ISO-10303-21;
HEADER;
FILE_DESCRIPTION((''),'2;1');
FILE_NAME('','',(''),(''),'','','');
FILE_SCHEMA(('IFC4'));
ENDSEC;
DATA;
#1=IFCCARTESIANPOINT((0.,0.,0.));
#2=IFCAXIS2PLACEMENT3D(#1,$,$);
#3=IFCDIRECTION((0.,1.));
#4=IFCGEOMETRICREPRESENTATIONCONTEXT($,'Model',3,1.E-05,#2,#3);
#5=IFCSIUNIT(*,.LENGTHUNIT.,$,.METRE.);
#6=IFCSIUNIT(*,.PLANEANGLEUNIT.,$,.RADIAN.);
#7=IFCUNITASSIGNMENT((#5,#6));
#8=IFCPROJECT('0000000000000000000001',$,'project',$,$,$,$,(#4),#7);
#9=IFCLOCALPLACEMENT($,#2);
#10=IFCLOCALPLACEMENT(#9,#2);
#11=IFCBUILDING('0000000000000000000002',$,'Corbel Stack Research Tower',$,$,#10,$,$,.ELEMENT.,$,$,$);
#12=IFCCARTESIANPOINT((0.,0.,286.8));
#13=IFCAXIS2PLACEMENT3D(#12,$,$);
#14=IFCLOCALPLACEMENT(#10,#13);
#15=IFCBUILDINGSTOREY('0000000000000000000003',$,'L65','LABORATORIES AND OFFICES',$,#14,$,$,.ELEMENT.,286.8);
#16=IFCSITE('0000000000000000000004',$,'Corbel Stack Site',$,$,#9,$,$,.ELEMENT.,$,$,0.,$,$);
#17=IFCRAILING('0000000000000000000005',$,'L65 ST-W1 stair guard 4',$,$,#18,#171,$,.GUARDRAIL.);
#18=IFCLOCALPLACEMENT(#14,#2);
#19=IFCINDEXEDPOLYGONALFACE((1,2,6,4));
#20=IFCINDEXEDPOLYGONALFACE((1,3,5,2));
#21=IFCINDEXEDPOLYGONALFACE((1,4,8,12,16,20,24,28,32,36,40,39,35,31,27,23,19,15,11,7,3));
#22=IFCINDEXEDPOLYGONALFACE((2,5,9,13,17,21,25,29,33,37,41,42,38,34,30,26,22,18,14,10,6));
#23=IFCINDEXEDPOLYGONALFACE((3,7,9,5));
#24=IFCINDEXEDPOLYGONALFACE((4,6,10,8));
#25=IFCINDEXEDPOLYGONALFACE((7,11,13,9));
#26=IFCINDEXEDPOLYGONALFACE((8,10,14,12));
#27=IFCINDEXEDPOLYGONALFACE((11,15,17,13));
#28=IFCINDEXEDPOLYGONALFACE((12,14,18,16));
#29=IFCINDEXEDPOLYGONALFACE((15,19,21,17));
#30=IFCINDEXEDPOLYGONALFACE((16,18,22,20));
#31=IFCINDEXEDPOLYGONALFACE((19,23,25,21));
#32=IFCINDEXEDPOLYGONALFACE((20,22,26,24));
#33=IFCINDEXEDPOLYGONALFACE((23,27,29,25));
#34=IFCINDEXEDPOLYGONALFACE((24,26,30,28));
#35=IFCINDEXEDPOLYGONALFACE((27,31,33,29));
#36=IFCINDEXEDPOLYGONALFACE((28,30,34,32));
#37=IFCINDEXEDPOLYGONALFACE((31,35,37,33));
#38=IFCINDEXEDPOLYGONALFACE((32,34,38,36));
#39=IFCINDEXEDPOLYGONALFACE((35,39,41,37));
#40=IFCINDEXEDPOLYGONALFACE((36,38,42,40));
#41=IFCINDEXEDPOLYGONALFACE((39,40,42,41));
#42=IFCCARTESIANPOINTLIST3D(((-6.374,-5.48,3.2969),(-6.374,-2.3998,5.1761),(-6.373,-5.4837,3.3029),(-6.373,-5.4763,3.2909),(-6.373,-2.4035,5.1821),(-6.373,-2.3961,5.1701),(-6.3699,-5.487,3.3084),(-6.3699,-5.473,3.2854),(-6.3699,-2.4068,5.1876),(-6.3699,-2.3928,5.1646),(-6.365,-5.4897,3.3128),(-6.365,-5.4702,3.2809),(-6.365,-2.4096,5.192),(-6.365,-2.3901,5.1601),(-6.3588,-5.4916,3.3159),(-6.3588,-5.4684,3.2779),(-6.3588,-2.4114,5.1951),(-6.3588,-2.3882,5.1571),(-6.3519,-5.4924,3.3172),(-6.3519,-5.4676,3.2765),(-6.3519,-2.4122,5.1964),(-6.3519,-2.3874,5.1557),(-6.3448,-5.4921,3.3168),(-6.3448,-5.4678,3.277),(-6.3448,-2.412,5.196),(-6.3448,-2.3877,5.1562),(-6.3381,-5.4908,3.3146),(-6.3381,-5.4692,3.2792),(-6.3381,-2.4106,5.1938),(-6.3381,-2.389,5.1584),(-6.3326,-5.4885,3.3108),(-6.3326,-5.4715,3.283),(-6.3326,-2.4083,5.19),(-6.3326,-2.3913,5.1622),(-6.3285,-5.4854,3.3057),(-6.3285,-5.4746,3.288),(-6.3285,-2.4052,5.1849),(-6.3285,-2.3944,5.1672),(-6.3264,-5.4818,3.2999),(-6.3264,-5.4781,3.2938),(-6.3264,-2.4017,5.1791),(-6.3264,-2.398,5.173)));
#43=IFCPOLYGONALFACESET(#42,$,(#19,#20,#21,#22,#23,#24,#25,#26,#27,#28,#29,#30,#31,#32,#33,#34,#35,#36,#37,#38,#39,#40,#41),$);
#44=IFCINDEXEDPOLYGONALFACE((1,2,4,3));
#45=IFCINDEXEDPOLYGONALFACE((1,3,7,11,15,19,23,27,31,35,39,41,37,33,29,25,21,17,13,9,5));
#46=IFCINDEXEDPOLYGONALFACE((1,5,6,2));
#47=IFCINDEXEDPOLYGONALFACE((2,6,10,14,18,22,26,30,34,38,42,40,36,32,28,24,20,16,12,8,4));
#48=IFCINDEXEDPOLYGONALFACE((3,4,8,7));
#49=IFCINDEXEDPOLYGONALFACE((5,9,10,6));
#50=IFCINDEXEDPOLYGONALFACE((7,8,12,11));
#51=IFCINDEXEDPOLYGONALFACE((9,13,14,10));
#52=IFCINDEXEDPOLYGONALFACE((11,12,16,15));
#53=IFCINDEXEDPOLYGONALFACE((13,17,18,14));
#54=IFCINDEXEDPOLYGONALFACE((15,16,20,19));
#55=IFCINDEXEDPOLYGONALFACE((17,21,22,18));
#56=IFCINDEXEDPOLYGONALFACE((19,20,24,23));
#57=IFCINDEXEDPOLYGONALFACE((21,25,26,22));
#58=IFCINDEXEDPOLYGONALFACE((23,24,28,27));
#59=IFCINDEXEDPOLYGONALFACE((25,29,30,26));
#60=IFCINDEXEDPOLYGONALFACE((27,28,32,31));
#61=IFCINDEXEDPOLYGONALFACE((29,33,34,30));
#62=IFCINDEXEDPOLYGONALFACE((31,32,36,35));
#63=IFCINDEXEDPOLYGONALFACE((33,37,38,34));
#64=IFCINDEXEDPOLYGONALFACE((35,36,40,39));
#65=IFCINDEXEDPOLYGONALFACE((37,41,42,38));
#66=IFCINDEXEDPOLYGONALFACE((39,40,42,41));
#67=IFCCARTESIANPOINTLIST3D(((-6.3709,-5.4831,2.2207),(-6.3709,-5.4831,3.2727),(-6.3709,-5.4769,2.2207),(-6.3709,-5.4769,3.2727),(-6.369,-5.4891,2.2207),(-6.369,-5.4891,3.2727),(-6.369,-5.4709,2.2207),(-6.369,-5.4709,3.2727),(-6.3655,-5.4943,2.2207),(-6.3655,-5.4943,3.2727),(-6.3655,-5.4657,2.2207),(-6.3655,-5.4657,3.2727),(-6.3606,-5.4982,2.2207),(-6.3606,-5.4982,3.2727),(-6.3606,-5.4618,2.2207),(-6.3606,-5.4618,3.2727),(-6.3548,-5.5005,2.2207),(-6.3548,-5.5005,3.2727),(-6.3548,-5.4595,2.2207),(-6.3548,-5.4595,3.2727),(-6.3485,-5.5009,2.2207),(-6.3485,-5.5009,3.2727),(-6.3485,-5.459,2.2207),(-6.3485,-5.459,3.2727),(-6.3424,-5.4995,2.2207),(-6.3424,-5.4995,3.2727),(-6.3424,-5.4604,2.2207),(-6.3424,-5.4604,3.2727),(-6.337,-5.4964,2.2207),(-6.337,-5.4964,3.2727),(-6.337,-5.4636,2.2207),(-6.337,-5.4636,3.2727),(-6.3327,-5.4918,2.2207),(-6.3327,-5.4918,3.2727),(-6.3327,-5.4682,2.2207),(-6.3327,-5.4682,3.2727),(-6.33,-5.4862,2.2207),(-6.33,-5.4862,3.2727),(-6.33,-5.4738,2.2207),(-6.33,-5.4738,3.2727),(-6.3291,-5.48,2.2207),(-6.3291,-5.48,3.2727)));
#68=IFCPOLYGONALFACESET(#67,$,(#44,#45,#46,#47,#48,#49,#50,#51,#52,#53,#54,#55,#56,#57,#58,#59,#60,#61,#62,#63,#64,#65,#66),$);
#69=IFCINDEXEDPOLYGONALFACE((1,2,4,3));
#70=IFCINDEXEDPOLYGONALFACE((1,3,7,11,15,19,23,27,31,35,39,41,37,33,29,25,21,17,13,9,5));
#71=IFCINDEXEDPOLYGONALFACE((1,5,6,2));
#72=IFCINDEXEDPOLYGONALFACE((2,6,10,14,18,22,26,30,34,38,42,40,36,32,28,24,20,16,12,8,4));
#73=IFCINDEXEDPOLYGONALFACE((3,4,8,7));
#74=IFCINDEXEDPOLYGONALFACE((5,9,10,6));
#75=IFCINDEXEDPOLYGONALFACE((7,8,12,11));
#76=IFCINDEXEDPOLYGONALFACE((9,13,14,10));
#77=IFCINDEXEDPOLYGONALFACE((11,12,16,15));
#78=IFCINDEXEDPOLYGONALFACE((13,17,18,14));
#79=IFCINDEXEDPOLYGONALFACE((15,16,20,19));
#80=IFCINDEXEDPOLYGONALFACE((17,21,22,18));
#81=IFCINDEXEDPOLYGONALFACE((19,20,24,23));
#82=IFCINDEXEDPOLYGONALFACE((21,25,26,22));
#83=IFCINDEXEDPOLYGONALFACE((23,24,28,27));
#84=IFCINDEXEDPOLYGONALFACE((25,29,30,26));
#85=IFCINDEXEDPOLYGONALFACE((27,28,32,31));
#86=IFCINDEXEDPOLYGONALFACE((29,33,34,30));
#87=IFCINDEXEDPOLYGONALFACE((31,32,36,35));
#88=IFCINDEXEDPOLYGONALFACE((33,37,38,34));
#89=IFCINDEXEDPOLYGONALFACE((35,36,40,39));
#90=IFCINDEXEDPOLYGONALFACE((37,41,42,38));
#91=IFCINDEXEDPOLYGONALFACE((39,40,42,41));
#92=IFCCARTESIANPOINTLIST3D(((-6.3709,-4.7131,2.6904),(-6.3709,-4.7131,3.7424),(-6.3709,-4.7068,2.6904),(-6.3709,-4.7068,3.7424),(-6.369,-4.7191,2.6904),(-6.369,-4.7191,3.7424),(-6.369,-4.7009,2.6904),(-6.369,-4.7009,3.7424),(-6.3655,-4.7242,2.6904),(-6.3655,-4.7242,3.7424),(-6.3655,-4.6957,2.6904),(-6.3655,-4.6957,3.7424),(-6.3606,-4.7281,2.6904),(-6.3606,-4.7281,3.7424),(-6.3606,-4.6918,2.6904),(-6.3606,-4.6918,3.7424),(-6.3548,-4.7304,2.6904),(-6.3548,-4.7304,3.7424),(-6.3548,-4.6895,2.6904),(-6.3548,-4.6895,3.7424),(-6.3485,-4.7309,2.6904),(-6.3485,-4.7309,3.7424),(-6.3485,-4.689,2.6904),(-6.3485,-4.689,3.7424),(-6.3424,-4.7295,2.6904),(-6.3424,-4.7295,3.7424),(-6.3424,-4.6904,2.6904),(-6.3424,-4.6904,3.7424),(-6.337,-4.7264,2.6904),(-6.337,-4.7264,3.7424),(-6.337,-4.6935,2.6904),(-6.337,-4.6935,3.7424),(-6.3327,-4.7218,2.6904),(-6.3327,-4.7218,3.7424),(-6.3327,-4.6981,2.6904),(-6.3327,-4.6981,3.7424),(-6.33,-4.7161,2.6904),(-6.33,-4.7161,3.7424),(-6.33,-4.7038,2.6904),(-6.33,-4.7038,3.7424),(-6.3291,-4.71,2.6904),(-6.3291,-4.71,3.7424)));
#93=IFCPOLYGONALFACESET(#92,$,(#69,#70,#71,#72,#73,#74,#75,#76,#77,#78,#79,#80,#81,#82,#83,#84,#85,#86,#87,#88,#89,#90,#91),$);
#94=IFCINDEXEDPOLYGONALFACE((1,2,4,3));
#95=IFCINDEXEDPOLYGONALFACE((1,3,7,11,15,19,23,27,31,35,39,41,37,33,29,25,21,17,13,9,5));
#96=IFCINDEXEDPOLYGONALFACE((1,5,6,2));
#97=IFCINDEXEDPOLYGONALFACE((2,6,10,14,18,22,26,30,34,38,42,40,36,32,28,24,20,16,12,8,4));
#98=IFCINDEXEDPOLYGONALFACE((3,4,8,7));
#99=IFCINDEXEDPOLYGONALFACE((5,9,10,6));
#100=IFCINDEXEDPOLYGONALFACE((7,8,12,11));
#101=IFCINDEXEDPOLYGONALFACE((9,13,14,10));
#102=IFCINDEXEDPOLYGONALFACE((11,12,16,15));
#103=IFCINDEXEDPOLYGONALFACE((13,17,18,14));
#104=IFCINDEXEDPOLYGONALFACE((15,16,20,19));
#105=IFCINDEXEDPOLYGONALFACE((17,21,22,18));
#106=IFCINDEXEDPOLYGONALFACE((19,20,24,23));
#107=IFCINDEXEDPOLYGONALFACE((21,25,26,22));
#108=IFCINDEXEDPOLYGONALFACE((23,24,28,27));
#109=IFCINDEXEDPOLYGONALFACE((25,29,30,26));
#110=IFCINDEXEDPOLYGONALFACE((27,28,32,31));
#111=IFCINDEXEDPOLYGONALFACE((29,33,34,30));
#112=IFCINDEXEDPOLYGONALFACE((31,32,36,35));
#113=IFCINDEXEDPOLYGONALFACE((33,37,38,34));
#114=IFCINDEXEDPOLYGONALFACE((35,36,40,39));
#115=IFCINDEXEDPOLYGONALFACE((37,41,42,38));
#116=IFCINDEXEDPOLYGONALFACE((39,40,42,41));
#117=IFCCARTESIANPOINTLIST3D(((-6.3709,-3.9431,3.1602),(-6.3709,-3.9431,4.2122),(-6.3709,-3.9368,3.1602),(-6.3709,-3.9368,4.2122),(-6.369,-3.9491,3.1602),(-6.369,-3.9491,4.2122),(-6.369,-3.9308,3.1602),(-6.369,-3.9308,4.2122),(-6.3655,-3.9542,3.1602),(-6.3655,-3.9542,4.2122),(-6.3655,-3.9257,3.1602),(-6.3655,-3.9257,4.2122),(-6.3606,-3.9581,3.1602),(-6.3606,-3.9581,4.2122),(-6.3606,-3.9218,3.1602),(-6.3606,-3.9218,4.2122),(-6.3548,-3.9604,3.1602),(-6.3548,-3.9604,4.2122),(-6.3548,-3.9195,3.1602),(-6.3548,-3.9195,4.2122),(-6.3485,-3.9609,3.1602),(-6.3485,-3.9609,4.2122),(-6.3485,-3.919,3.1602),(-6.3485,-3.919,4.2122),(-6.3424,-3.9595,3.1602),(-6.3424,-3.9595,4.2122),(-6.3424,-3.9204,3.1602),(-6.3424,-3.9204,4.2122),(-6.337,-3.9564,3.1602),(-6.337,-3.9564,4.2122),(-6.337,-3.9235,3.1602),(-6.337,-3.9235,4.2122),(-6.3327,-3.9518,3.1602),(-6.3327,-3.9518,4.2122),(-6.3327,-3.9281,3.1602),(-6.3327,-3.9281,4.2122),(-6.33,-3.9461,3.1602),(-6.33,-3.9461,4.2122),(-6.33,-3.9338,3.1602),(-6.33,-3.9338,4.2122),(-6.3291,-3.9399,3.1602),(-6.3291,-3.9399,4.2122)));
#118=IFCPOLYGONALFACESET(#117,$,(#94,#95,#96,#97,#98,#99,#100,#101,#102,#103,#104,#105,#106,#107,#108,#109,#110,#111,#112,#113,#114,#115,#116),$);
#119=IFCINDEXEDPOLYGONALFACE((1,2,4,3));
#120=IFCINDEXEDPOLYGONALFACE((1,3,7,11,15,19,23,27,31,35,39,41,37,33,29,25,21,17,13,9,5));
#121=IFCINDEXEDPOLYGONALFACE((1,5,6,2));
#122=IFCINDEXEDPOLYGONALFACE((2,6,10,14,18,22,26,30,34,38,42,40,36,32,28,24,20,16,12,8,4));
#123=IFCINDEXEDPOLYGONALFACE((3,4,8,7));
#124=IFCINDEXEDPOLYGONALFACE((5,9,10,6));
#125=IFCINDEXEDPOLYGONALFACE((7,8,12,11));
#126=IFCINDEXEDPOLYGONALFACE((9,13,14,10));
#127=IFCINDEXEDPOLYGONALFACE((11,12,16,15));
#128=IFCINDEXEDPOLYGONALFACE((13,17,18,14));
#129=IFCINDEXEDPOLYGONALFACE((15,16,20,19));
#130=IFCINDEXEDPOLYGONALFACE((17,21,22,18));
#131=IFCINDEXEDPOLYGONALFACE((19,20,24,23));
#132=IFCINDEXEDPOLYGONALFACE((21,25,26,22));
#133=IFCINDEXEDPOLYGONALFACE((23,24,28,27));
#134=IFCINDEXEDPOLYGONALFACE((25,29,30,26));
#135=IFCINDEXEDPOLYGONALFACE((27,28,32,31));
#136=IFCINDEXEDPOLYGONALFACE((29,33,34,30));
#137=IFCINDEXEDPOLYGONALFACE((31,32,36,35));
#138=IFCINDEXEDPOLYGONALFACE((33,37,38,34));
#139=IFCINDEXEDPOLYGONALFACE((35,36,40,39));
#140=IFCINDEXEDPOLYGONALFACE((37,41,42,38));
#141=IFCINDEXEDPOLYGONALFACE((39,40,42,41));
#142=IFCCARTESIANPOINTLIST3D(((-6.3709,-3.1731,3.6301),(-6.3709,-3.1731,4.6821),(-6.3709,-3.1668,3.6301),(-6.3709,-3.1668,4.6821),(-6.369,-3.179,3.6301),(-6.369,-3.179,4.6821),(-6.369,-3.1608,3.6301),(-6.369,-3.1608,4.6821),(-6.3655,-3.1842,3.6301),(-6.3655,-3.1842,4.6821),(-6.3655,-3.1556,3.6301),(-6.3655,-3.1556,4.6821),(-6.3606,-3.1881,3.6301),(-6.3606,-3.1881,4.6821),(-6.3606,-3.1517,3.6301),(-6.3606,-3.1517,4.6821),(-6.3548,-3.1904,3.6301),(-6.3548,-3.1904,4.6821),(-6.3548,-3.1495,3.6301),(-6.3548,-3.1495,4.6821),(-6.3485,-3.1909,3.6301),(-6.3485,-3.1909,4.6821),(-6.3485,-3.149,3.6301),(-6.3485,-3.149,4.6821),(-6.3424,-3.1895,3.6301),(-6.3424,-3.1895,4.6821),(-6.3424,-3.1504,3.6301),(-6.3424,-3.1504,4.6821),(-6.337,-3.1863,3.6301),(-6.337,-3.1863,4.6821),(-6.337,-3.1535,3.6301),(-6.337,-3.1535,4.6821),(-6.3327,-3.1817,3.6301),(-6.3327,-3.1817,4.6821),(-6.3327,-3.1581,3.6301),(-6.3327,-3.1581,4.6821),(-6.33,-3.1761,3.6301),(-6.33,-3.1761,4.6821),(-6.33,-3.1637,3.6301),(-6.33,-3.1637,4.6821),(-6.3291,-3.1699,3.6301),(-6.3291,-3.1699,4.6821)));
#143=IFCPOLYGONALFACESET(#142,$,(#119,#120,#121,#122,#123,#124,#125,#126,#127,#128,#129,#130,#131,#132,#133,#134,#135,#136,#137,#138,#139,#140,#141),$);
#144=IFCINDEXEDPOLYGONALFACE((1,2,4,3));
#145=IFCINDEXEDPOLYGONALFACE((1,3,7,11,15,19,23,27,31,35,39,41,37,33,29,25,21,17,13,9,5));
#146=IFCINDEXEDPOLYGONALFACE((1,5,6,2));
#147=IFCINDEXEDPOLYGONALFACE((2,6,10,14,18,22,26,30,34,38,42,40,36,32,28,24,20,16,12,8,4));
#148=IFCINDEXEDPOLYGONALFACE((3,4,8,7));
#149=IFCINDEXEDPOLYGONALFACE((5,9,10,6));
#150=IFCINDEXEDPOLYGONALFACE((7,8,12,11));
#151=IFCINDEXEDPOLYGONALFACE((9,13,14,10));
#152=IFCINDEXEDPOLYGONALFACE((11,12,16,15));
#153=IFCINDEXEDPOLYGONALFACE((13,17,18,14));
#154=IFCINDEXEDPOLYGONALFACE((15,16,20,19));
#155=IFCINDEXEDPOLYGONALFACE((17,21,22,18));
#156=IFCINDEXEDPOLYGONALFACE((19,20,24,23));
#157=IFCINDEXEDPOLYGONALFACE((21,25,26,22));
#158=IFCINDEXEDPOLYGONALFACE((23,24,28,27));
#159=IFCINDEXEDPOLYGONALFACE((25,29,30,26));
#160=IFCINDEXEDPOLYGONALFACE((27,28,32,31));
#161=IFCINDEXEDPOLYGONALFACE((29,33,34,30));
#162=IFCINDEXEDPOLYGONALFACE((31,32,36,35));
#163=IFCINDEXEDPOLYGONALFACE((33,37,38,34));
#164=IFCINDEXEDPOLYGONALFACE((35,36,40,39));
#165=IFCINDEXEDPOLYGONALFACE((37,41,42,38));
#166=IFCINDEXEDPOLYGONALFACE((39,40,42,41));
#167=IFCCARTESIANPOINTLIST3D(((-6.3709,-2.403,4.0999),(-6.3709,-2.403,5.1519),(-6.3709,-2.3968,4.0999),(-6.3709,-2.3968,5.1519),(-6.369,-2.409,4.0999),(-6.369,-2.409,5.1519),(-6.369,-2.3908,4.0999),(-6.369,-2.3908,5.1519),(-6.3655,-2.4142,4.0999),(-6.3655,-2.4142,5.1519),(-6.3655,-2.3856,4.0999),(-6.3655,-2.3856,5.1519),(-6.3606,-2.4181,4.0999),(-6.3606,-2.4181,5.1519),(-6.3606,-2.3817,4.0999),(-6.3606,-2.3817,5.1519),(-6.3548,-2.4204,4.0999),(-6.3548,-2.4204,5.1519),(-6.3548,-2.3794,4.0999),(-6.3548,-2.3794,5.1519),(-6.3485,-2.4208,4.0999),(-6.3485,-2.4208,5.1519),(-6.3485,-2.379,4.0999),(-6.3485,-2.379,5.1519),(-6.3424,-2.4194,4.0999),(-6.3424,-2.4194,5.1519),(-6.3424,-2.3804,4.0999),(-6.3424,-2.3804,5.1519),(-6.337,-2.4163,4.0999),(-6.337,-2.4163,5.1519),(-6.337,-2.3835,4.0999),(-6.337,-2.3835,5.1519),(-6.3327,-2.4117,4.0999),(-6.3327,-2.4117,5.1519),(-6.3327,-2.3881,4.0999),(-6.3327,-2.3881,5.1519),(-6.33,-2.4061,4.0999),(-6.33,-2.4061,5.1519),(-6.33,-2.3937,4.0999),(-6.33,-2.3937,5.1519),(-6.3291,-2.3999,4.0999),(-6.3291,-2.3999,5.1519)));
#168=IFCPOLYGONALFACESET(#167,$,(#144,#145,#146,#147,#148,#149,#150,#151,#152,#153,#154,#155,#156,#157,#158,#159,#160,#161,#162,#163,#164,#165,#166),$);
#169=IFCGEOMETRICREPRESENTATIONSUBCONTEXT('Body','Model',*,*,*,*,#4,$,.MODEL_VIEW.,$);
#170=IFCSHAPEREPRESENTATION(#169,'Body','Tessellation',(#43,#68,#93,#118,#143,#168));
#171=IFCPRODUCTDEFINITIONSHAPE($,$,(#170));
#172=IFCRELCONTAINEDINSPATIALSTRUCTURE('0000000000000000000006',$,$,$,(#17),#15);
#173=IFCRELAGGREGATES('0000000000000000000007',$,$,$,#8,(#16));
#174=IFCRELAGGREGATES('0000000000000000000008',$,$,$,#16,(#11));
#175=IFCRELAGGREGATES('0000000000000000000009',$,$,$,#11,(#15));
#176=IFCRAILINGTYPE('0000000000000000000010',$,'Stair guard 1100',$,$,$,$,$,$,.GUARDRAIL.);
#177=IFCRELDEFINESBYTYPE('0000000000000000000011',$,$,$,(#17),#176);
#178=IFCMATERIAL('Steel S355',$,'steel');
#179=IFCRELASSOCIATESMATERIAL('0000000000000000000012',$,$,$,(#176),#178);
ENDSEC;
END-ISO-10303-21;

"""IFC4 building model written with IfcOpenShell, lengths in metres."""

from ifc_helpers import new_model, si_unit, direction, frame, origin, origin_2d, place, context, subcontext, project, spatial, circle, extrude, material, type_object, element, save


model = new_model("IFC4")

# Units and contexts
model_context = context("Model", 3, precision=1e-05, world=origin(), true_north=direction((0.0, 1.0)))
body_context = subcontext(model_context, "Body", "Model", "MODEL_VIEW")
ifc_project = project(units=[si_unit("LENGTHUNIT", "METRE"), si_unit("PLANEANGLEUNIT", "RADIAN")], contexts=[model_context])

# Site, building, storey
site_placement = place(None, origin())
site = spatial("IfcSite", under=ifc_project, at=site_placement, Name="Corbel Stack Site", CompositionType="ELEMENT", RefElevation=0.0)
building_placement = place(site_placement, origin())
building = spatial("IfcBuilding", under=site, at=building_placement, Name="Corbel Stack Research Tower", CompositionType="ELEMENT")
storey_placement = place(building_placement, frame((0.0, 0.0, 286.8)))
storey = spatial("IfcBuildingStorey", under=building, at=storey_placement, Name="L65", Description="LABORATORIES AND OFFICES", CompositionType="ELEMENT", Elevation=286.8)

# Railing
ifc_material_1 = material(Name="Steel S355", Category="steel")
railing_type_1 = type_object("IfcRailingType", Name="Stair guard 1100", PredefinedType="GUARDRAIL", material=ifc_material_1)
railing_1_placement = place(storey_placement, frame((-6.3501, -5.48, 2.2207)))
element("IfcRailing", 1, at=railing_1_placement, inside=storey, type_object=railing_type_1, Name="L65 ST-W1 stair guard 4", PredefinedType="GUARDRAIL", context=body_context, shape_type="SweptSolid", body=[
    extrude(circle(Radius=0.0239, at=origin_2d()), frame((0.0, 0.0, 1.0762), z_axis=(0.0, 0.853666, 0.52082), x_axis=(-1.0, 0.0, 0.0)), (0.0, 0.0, 1.0), 3.6082),
    extrude(circle(Radius=0.021, at=origin_2d()), origin(), (0.0, 0.0, 1.0), 1.052),
    extrude(circle(Radius=0.021, at=origin_2d()), frame((0.0, 0.77, 0.4697)), (0.0, 0.0, 1.0), 1.052),
    extrude(circle(Radius=0.021, at=origin_2d()), frame((0.0, 1.54, 0.9395)), (0.0, 0.0, 1.0), 1.052),
    extrude(circle(Radius=0.021, at=origin_2d()), frame((0.0, 2.3101, 1.4094)), (0.0, 0.0, 1.0), 1.052),
    extrude(circle(Radius=0.021, at=origin_2d()), frame((0.0, 3.0801, 1.8792)), (0.0, 0.0, 1.0), 1.052),
])

save(model, "model.ifc")
